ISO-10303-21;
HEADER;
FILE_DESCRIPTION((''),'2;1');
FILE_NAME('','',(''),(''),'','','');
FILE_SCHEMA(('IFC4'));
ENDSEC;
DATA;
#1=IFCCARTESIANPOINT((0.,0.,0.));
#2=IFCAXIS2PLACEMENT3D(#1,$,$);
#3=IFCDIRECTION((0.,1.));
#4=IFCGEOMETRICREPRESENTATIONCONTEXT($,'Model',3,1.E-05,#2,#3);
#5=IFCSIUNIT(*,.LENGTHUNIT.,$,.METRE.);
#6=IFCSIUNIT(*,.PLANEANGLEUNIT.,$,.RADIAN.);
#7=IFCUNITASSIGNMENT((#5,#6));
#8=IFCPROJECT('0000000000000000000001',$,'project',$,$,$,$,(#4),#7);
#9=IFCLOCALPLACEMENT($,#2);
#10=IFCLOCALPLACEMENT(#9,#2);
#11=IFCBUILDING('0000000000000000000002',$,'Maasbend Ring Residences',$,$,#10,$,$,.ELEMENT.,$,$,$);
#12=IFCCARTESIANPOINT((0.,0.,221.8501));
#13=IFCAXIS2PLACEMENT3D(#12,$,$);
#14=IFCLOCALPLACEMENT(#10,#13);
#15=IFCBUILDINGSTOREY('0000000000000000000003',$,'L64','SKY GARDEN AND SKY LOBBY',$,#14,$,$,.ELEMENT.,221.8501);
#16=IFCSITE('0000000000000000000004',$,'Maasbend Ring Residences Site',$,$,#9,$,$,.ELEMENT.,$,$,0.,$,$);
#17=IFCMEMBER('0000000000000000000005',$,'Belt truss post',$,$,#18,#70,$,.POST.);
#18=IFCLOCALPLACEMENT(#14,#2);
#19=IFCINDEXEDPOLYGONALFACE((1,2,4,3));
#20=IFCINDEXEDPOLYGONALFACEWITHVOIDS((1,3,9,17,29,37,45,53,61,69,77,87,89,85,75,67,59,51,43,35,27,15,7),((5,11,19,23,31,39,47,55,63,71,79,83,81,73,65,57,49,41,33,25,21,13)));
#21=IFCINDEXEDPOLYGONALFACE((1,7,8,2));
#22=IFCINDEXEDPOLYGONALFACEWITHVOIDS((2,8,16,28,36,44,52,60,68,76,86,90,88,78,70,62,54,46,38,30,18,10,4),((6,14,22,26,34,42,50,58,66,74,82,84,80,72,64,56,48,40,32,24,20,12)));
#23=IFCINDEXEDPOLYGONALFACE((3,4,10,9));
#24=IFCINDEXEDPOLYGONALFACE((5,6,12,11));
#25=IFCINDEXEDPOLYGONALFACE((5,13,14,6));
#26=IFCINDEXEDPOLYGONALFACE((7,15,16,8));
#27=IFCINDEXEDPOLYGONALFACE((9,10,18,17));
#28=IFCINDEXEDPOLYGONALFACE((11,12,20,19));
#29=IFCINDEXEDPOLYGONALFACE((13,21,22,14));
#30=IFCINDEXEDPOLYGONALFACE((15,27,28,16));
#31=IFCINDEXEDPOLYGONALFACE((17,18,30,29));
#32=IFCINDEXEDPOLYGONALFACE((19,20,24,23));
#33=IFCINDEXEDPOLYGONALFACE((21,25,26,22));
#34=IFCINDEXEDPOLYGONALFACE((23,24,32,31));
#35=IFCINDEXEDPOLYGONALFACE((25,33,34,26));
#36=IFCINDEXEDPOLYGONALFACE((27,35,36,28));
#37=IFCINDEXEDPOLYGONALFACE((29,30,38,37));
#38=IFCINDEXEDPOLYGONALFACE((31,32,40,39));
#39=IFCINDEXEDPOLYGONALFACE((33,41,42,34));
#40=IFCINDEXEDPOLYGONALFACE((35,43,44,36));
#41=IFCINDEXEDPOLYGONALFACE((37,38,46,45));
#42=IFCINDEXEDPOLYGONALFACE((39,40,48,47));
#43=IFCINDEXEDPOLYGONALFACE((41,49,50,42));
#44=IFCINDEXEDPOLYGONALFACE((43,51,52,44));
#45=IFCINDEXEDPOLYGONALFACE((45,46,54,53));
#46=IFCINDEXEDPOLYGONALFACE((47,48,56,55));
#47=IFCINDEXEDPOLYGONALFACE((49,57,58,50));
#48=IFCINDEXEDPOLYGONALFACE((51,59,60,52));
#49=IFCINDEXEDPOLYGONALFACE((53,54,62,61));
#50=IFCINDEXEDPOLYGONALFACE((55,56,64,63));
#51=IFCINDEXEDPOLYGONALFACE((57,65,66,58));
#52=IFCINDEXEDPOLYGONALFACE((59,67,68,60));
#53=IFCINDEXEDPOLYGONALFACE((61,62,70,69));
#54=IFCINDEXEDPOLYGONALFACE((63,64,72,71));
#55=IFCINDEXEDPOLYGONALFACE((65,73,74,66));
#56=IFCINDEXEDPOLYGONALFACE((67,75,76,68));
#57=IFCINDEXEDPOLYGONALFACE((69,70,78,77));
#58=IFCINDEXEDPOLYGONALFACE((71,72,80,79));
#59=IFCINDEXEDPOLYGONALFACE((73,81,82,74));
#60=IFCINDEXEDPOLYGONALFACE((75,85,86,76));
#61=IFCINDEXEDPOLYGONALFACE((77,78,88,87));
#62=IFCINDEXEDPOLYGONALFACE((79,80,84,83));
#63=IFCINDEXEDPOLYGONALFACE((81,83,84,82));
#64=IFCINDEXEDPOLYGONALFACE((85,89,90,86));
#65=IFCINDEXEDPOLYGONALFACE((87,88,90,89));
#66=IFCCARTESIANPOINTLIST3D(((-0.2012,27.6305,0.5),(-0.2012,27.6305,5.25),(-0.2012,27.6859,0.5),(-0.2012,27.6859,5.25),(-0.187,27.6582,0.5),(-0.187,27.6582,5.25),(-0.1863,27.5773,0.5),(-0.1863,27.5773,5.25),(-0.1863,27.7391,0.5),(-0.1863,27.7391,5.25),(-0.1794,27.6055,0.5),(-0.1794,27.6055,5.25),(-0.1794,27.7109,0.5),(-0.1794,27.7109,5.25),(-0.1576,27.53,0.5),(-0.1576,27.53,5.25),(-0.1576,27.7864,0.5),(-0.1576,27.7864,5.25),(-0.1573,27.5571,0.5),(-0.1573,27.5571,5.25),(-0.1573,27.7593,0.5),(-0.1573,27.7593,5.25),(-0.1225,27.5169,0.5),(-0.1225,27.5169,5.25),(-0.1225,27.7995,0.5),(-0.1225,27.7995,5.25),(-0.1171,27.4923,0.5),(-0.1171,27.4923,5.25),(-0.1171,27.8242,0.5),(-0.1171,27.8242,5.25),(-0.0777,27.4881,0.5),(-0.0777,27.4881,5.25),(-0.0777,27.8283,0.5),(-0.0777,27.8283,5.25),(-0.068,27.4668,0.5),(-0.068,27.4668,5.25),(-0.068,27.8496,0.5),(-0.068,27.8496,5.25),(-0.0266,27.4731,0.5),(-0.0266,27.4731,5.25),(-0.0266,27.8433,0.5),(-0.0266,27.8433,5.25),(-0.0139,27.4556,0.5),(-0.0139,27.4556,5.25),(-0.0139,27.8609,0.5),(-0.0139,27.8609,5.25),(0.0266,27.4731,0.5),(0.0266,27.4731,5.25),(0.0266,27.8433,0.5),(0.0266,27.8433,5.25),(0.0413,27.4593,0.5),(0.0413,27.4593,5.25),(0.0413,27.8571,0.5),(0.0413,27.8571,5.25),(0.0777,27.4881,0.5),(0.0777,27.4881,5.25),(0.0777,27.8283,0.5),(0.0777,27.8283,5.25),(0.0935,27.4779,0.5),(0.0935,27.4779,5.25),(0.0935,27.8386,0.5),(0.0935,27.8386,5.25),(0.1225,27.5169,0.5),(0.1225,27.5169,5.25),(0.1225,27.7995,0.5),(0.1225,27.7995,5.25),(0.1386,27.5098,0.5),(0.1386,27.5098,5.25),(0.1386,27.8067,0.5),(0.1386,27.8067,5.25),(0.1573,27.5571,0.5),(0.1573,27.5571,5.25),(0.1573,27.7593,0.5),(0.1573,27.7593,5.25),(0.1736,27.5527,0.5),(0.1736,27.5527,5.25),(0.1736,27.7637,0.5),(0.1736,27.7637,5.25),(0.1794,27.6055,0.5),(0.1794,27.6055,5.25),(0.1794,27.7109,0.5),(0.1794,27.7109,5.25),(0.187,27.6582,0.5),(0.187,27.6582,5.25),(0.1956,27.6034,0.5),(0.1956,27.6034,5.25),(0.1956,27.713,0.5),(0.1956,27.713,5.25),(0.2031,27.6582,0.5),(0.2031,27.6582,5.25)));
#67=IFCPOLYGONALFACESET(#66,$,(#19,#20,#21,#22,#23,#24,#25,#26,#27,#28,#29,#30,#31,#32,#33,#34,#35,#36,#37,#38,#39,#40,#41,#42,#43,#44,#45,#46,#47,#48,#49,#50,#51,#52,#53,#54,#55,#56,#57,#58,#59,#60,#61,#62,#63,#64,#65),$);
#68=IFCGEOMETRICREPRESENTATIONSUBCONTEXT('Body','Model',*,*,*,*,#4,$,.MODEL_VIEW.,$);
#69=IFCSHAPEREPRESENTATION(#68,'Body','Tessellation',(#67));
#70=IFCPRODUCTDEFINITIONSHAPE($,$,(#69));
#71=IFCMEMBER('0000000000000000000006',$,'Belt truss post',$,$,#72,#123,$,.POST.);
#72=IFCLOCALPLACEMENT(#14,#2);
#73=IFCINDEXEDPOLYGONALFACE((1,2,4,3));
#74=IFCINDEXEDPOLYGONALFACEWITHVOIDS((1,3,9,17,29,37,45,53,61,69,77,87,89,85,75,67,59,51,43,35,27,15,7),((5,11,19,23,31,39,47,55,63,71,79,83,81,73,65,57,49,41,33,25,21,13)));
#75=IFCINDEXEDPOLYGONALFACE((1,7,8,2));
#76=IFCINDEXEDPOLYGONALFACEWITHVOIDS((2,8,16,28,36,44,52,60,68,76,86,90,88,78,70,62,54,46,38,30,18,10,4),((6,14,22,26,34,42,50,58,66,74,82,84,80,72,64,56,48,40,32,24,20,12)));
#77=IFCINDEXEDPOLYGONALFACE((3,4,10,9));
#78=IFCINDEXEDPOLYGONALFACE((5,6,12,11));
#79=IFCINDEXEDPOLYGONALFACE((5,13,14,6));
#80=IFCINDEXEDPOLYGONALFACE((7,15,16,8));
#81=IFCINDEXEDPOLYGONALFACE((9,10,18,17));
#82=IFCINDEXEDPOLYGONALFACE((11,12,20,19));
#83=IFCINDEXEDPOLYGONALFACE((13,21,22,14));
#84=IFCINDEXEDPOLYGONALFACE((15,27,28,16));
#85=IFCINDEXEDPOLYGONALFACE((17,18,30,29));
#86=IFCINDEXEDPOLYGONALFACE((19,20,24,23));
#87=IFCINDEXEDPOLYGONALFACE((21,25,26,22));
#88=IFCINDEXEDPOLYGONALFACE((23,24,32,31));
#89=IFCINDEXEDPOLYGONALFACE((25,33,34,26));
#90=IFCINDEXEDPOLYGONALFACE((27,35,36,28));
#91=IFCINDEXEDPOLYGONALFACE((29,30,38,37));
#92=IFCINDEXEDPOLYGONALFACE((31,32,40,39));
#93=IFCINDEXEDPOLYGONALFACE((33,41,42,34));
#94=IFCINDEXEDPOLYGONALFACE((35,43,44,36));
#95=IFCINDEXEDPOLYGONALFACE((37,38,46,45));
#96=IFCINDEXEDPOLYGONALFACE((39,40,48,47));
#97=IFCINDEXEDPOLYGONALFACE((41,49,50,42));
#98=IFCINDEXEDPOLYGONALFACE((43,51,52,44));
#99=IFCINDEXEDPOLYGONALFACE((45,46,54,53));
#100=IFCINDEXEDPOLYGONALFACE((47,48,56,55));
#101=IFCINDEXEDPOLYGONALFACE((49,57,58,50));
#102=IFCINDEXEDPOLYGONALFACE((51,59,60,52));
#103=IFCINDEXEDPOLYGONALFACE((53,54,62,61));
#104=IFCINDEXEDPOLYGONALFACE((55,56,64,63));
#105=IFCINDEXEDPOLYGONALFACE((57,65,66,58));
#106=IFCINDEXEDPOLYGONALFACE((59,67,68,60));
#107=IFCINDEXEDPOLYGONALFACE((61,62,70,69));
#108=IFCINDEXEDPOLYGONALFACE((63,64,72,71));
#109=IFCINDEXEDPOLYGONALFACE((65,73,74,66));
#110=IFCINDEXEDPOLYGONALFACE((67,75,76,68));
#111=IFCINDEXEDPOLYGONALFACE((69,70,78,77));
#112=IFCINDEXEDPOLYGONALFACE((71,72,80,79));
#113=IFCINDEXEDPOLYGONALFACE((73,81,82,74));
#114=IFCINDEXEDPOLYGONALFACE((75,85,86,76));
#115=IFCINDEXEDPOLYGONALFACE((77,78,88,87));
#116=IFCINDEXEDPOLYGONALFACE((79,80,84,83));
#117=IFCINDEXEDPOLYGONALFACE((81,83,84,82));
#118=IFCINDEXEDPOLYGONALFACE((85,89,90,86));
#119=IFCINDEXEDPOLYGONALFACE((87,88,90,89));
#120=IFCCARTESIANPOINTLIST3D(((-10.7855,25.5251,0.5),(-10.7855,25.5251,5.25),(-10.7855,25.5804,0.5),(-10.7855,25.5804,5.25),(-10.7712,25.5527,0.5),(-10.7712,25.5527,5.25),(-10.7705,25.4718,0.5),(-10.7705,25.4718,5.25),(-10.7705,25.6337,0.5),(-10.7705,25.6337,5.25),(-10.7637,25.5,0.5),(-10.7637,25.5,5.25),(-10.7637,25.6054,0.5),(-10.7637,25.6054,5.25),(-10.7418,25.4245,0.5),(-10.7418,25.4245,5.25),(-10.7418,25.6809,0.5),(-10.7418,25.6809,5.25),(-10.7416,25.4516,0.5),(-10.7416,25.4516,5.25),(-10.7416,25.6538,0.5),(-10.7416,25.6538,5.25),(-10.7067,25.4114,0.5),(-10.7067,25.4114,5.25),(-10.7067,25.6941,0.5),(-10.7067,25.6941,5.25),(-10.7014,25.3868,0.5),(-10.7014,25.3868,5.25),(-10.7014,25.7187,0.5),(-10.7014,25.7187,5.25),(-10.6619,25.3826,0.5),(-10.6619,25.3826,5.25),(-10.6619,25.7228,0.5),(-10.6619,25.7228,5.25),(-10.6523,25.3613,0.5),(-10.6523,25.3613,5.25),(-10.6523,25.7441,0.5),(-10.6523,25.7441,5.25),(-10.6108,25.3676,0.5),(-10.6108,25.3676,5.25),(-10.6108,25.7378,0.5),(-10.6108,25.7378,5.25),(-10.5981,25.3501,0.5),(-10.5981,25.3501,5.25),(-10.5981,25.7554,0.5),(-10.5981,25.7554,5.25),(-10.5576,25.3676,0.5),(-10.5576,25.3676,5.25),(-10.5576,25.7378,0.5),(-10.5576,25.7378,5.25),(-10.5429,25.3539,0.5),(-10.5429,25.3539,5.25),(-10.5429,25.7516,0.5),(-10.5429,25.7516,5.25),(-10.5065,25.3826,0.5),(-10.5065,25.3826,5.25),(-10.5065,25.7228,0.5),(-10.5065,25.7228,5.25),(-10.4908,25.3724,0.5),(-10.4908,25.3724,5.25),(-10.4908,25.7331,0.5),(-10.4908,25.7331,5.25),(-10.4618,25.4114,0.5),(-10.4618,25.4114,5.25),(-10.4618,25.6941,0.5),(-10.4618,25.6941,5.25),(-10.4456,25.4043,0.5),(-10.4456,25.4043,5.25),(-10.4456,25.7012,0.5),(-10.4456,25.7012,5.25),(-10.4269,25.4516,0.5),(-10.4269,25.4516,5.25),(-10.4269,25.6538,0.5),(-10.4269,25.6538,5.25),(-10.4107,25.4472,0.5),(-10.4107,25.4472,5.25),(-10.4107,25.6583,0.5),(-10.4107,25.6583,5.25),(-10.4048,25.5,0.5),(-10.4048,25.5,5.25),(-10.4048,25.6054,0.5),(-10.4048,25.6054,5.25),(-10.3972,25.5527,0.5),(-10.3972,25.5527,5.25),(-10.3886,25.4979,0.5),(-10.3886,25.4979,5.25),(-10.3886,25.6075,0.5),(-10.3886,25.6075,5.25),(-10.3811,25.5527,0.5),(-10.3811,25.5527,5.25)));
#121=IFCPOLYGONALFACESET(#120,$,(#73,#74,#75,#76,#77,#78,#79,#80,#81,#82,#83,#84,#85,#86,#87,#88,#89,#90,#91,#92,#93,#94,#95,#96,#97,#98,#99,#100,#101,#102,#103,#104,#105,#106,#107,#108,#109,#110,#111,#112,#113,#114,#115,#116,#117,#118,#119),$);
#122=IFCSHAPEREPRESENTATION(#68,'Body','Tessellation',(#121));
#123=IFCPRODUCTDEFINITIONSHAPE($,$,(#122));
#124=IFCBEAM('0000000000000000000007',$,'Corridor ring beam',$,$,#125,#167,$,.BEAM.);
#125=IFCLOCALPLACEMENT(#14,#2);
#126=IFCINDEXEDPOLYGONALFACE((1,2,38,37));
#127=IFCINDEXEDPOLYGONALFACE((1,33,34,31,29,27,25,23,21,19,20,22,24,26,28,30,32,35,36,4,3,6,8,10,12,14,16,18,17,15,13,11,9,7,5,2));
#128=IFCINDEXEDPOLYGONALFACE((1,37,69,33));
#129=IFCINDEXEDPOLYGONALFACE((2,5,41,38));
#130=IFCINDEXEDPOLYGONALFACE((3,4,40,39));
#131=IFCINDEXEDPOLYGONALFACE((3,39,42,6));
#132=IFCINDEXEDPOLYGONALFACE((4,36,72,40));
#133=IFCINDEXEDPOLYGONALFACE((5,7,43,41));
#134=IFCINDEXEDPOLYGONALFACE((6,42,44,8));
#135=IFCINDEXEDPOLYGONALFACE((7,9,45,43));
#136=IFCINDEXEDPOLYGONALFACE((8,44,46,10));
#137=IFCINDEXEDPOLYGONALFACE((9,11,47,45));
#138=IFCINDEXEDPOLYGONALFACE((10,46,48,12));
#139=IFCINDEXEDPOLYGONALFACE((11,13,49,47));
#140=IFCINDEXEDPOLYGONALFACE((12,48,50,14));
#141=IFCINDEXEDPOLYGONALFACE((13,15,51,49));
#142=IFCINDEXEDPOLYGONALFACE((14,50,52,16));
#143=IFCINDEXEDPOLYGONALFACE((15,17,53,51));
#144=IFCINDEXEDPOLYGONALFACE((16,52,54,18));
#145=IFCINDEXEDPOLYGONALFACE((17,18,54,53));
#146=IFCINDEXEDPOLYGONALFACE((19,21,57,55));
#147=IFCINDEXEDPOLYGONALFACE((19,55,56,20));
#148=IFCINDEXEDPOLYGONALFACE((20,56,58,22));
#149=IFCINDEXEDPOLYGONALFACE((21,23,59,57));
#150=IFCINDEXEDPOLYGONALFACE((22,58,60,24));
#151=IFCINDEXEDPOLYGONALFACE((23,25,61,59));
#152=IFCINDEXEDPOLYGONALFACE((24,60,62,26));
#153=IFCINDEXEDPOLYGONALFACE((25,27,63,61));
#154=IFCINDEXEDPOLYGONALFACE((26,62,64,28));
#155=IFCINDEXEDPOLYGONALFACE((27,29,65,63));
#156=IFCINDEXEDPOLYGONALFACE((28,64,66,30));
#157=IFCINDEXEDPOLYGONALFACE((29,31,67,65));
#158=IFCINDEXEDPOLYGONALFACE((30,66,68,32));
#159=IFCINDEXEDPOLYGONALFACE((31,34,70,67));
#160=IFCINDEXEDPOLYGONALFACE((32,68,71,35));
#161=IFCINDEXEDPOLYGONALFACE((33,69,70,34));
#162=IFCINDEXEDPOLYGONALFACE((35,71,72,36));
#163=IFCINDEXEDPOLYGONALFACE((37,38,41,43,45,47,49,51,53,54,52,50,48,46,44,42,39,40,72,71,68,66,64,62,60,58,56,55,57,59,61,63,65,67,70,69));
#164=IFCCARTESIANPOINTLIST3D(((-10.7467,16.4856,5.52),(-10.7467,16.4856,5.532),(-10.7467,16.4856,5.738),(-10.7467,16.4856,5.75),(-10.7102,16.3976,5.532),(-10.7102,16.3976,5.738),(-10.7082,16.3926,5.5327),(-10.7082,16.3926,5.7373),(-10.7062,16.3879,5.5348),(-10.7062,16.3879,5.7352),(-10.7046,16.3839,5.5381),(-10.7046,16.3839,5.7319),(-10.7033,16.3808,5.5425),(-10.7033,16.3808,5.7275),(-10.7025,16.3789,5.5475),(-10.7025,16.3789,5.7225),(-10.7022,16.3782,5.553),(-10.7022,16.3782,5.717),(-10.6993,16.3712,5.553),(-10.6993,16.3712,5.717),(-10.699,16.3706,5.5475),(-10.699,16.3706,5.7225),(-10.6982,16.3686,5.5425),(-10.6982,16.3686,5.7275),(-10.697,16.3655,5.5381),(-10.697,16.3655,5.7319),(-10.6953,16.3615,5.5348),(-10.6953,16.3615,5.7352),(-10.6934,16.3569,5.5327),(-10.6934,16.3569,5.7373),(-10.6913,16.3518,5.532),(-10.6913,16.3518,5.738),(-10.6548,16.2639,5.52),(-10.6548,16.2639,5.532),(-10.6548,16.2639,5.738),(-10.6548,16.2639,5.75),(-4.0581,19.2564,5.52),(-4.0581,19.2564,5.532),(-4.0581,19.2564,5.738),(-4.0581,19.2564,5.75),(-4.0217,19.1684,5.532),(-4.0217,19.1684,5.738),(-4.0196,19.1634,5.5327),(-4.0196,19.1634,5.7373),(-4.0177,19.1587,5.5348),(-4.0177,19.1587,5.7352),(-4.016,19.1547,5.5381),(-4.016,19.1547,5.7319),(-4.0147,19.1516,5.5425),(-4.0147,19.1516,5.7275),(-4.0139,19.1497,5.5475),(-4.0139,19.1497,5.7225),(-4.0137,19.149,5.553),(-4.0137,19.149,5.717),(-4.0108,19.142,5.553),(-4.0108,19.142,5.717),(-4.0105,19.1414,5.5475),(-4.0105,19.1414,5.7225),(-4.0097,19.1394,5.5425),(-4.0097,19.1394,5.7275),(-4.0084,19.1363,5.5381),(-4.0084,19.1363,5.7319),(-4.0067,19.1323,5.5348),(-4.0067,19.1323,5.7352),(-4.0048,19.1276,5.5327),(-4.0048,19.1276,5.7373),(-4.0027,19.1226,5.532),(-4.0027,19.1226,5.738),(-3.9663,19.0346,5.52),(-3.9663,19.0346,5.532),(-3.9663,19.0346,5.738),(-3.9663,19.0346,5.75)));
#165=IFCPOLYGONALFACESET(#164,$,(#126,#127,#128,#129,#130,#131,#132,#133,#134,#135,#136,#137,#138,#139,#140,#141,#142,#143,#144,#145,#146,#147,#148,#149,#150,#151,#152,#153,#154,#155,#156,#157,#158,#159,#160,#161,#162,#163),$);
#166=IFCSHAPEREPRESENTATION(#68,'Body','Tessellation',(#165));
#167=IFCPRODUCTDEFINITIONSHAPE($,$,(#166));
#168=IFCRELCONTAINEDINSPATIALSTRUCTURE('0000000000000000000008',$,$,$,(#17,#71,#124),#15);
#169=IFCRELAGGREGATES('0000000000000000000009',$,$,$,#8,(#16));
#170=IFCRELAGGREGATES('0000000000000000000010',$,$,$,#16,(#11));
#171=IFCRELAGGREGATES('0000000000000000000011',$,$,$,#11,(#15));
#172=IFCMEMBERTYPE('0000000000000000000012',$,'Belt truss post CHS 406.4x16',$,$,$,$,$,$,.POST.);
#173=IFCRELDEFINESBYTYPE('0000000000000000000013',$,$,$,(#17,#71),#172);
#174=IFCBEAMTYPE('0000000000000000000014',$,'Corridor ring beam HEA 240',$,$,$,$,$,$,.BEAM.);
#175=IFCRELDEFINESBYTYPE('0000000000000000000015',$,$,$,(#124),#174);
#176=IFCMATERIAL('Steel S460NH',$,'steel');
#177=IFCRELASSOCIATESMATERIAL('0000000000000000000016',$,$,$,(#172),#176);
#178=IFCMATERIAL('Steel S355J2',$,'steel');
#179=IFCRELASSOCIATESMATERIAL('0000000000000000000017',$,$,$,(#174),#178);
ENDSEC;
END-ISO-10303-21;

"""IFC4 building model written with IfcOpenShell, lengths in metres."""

from ifc_helpers import new_model, si_unit, direction, frame, origin, origin_2d, place, context, subcontext, project, spatial, hollow_circle, i_section, extrude, material, material_profile, profile_set, type_object, element, save


model = new_model("IFC4")

# Units and contexts
model_context = context("Model", 3, precision=1e-05, world=origin(), true_north=direction((0.0, 1.0)))
body_context = subcontext(model_context, "Body", "Model", "MODEL_VIEW")
ifc_project = project(units=[si_unit("LENGTHUNIT", "METRE"), si_unit("PLANEANGLEUNIT", "RADIAN")], contexts=[model_context])

# Site, building, storey
site_placement = place(None, origin())
site = spatial("IfcSite", under=ifc_project, at=site_placement, Name="Maasbend Ring Residences Site", CompositionType="ELEMENT", RefElevation=0.0)
building_placement = place(site_placement, origin())
building = spatial("IfcBuilding", under=site, at=building_placement, Name="Maasbend Ring Residences", CompositionType="ELEMENT")
storey_placement = place(building_placement, frame((0.0, 0.0, 221.8501)))
storey = spatial("IfcBuildingStorey", under=building, at=storey_placement, Name="L64", Description="SKY GARDEN AND SKY LOBBY", CompositionType="ELEMENT", Elevation=221.8501)

# Members
ifc_material_1 = material(Name="Steel S460NH", Category="steel")
ifc_material_profile_1 = material_profile(ifc_material_1, hollow_circle(Radius=0.2031, WallThickness=0.0161, at=origin_2d()), Name="Belt truss post CHS 406.4x16")
ifc_profile_set_1 = profile_set([ifc_material_profile_1], Name="Steel S460NH")
member_type_1 = type_object("IfcMemberType", Name="Belt truss post CHS 406.4x16", PredefinedType="POST", material=ifc_profile_set_1)
for number, where, z_axis, x_axis, name in (
    (1, (0.0, 27.6582, 0.5), (0.0, 0.0, 1.0), (1.0, 0.0, 0.0), "Belt truss post"),
    (2, (-10.5842, 25.5527, 0.5), (0.0, 0.0, 1.0), (1.0, 0.0, 0.0), "Belt truss post"),
):
    element("IfcMember", number, at=place(storey_placement, frame(where, z_axis=z_axis, x_axis=x_axis)), inside=storey, type_object=member_type_1, Name=name, PredefinedType="POST", context=body_context, shape_type="SweptSolid", body=[
        extrude(hollow_circle(Radius=0.2031, WallThickness=0.0161, at=origin_2d()), origin(), (0.0, 0.0, 1.0), 4.75),
    ])

# Beam
ifc_material_2 = material(Name="Steel S355J2", Category="steel")
ifc_material_profile_2 = material_profile(ifc_material_2, i_section(OverallWidth=0.24, OverallDepth=0.23, WebThickness=0.0076, FlangeThickness=0.012, FilletRadius=0.021, at=origin_2d()), Name="HEA 240")
ifc_profile_set_2 = profile_set([ifc_material_profile_2], Name="Steel S355J2")
beam_type_1 = type_object("IfcBeamType", Name="Corridor ring beam HEA 240", PredefinedType="BEAM", material=ifc_profile_set_2)
beam_1_placement = place(storey_placement, frame((-4.0122, 19.1455, 5.635), z_axis=(-0.923865, -0.382718, 0.0), x_axis=(0.382718, -0.923865, 0.0)))
element("IfcBeam", 3, at=beam_1_placement, inside=storey, type_object=beam_type_1, Name="Corridor ring beam", PredefinedType="BEAM", context=body_context, shape_type="SweptSolid", body=[
    extrude(i_section(OverallWidth=0.24, OverallDepth=0.23, WebThickness=0.0076, FlangeThickness=0.012, FilletRadius=0.021, at=origin_2d()), origin(), (0.0, 0.0, 1.0), 7.2397),
])

save(model, "model.ifc")
